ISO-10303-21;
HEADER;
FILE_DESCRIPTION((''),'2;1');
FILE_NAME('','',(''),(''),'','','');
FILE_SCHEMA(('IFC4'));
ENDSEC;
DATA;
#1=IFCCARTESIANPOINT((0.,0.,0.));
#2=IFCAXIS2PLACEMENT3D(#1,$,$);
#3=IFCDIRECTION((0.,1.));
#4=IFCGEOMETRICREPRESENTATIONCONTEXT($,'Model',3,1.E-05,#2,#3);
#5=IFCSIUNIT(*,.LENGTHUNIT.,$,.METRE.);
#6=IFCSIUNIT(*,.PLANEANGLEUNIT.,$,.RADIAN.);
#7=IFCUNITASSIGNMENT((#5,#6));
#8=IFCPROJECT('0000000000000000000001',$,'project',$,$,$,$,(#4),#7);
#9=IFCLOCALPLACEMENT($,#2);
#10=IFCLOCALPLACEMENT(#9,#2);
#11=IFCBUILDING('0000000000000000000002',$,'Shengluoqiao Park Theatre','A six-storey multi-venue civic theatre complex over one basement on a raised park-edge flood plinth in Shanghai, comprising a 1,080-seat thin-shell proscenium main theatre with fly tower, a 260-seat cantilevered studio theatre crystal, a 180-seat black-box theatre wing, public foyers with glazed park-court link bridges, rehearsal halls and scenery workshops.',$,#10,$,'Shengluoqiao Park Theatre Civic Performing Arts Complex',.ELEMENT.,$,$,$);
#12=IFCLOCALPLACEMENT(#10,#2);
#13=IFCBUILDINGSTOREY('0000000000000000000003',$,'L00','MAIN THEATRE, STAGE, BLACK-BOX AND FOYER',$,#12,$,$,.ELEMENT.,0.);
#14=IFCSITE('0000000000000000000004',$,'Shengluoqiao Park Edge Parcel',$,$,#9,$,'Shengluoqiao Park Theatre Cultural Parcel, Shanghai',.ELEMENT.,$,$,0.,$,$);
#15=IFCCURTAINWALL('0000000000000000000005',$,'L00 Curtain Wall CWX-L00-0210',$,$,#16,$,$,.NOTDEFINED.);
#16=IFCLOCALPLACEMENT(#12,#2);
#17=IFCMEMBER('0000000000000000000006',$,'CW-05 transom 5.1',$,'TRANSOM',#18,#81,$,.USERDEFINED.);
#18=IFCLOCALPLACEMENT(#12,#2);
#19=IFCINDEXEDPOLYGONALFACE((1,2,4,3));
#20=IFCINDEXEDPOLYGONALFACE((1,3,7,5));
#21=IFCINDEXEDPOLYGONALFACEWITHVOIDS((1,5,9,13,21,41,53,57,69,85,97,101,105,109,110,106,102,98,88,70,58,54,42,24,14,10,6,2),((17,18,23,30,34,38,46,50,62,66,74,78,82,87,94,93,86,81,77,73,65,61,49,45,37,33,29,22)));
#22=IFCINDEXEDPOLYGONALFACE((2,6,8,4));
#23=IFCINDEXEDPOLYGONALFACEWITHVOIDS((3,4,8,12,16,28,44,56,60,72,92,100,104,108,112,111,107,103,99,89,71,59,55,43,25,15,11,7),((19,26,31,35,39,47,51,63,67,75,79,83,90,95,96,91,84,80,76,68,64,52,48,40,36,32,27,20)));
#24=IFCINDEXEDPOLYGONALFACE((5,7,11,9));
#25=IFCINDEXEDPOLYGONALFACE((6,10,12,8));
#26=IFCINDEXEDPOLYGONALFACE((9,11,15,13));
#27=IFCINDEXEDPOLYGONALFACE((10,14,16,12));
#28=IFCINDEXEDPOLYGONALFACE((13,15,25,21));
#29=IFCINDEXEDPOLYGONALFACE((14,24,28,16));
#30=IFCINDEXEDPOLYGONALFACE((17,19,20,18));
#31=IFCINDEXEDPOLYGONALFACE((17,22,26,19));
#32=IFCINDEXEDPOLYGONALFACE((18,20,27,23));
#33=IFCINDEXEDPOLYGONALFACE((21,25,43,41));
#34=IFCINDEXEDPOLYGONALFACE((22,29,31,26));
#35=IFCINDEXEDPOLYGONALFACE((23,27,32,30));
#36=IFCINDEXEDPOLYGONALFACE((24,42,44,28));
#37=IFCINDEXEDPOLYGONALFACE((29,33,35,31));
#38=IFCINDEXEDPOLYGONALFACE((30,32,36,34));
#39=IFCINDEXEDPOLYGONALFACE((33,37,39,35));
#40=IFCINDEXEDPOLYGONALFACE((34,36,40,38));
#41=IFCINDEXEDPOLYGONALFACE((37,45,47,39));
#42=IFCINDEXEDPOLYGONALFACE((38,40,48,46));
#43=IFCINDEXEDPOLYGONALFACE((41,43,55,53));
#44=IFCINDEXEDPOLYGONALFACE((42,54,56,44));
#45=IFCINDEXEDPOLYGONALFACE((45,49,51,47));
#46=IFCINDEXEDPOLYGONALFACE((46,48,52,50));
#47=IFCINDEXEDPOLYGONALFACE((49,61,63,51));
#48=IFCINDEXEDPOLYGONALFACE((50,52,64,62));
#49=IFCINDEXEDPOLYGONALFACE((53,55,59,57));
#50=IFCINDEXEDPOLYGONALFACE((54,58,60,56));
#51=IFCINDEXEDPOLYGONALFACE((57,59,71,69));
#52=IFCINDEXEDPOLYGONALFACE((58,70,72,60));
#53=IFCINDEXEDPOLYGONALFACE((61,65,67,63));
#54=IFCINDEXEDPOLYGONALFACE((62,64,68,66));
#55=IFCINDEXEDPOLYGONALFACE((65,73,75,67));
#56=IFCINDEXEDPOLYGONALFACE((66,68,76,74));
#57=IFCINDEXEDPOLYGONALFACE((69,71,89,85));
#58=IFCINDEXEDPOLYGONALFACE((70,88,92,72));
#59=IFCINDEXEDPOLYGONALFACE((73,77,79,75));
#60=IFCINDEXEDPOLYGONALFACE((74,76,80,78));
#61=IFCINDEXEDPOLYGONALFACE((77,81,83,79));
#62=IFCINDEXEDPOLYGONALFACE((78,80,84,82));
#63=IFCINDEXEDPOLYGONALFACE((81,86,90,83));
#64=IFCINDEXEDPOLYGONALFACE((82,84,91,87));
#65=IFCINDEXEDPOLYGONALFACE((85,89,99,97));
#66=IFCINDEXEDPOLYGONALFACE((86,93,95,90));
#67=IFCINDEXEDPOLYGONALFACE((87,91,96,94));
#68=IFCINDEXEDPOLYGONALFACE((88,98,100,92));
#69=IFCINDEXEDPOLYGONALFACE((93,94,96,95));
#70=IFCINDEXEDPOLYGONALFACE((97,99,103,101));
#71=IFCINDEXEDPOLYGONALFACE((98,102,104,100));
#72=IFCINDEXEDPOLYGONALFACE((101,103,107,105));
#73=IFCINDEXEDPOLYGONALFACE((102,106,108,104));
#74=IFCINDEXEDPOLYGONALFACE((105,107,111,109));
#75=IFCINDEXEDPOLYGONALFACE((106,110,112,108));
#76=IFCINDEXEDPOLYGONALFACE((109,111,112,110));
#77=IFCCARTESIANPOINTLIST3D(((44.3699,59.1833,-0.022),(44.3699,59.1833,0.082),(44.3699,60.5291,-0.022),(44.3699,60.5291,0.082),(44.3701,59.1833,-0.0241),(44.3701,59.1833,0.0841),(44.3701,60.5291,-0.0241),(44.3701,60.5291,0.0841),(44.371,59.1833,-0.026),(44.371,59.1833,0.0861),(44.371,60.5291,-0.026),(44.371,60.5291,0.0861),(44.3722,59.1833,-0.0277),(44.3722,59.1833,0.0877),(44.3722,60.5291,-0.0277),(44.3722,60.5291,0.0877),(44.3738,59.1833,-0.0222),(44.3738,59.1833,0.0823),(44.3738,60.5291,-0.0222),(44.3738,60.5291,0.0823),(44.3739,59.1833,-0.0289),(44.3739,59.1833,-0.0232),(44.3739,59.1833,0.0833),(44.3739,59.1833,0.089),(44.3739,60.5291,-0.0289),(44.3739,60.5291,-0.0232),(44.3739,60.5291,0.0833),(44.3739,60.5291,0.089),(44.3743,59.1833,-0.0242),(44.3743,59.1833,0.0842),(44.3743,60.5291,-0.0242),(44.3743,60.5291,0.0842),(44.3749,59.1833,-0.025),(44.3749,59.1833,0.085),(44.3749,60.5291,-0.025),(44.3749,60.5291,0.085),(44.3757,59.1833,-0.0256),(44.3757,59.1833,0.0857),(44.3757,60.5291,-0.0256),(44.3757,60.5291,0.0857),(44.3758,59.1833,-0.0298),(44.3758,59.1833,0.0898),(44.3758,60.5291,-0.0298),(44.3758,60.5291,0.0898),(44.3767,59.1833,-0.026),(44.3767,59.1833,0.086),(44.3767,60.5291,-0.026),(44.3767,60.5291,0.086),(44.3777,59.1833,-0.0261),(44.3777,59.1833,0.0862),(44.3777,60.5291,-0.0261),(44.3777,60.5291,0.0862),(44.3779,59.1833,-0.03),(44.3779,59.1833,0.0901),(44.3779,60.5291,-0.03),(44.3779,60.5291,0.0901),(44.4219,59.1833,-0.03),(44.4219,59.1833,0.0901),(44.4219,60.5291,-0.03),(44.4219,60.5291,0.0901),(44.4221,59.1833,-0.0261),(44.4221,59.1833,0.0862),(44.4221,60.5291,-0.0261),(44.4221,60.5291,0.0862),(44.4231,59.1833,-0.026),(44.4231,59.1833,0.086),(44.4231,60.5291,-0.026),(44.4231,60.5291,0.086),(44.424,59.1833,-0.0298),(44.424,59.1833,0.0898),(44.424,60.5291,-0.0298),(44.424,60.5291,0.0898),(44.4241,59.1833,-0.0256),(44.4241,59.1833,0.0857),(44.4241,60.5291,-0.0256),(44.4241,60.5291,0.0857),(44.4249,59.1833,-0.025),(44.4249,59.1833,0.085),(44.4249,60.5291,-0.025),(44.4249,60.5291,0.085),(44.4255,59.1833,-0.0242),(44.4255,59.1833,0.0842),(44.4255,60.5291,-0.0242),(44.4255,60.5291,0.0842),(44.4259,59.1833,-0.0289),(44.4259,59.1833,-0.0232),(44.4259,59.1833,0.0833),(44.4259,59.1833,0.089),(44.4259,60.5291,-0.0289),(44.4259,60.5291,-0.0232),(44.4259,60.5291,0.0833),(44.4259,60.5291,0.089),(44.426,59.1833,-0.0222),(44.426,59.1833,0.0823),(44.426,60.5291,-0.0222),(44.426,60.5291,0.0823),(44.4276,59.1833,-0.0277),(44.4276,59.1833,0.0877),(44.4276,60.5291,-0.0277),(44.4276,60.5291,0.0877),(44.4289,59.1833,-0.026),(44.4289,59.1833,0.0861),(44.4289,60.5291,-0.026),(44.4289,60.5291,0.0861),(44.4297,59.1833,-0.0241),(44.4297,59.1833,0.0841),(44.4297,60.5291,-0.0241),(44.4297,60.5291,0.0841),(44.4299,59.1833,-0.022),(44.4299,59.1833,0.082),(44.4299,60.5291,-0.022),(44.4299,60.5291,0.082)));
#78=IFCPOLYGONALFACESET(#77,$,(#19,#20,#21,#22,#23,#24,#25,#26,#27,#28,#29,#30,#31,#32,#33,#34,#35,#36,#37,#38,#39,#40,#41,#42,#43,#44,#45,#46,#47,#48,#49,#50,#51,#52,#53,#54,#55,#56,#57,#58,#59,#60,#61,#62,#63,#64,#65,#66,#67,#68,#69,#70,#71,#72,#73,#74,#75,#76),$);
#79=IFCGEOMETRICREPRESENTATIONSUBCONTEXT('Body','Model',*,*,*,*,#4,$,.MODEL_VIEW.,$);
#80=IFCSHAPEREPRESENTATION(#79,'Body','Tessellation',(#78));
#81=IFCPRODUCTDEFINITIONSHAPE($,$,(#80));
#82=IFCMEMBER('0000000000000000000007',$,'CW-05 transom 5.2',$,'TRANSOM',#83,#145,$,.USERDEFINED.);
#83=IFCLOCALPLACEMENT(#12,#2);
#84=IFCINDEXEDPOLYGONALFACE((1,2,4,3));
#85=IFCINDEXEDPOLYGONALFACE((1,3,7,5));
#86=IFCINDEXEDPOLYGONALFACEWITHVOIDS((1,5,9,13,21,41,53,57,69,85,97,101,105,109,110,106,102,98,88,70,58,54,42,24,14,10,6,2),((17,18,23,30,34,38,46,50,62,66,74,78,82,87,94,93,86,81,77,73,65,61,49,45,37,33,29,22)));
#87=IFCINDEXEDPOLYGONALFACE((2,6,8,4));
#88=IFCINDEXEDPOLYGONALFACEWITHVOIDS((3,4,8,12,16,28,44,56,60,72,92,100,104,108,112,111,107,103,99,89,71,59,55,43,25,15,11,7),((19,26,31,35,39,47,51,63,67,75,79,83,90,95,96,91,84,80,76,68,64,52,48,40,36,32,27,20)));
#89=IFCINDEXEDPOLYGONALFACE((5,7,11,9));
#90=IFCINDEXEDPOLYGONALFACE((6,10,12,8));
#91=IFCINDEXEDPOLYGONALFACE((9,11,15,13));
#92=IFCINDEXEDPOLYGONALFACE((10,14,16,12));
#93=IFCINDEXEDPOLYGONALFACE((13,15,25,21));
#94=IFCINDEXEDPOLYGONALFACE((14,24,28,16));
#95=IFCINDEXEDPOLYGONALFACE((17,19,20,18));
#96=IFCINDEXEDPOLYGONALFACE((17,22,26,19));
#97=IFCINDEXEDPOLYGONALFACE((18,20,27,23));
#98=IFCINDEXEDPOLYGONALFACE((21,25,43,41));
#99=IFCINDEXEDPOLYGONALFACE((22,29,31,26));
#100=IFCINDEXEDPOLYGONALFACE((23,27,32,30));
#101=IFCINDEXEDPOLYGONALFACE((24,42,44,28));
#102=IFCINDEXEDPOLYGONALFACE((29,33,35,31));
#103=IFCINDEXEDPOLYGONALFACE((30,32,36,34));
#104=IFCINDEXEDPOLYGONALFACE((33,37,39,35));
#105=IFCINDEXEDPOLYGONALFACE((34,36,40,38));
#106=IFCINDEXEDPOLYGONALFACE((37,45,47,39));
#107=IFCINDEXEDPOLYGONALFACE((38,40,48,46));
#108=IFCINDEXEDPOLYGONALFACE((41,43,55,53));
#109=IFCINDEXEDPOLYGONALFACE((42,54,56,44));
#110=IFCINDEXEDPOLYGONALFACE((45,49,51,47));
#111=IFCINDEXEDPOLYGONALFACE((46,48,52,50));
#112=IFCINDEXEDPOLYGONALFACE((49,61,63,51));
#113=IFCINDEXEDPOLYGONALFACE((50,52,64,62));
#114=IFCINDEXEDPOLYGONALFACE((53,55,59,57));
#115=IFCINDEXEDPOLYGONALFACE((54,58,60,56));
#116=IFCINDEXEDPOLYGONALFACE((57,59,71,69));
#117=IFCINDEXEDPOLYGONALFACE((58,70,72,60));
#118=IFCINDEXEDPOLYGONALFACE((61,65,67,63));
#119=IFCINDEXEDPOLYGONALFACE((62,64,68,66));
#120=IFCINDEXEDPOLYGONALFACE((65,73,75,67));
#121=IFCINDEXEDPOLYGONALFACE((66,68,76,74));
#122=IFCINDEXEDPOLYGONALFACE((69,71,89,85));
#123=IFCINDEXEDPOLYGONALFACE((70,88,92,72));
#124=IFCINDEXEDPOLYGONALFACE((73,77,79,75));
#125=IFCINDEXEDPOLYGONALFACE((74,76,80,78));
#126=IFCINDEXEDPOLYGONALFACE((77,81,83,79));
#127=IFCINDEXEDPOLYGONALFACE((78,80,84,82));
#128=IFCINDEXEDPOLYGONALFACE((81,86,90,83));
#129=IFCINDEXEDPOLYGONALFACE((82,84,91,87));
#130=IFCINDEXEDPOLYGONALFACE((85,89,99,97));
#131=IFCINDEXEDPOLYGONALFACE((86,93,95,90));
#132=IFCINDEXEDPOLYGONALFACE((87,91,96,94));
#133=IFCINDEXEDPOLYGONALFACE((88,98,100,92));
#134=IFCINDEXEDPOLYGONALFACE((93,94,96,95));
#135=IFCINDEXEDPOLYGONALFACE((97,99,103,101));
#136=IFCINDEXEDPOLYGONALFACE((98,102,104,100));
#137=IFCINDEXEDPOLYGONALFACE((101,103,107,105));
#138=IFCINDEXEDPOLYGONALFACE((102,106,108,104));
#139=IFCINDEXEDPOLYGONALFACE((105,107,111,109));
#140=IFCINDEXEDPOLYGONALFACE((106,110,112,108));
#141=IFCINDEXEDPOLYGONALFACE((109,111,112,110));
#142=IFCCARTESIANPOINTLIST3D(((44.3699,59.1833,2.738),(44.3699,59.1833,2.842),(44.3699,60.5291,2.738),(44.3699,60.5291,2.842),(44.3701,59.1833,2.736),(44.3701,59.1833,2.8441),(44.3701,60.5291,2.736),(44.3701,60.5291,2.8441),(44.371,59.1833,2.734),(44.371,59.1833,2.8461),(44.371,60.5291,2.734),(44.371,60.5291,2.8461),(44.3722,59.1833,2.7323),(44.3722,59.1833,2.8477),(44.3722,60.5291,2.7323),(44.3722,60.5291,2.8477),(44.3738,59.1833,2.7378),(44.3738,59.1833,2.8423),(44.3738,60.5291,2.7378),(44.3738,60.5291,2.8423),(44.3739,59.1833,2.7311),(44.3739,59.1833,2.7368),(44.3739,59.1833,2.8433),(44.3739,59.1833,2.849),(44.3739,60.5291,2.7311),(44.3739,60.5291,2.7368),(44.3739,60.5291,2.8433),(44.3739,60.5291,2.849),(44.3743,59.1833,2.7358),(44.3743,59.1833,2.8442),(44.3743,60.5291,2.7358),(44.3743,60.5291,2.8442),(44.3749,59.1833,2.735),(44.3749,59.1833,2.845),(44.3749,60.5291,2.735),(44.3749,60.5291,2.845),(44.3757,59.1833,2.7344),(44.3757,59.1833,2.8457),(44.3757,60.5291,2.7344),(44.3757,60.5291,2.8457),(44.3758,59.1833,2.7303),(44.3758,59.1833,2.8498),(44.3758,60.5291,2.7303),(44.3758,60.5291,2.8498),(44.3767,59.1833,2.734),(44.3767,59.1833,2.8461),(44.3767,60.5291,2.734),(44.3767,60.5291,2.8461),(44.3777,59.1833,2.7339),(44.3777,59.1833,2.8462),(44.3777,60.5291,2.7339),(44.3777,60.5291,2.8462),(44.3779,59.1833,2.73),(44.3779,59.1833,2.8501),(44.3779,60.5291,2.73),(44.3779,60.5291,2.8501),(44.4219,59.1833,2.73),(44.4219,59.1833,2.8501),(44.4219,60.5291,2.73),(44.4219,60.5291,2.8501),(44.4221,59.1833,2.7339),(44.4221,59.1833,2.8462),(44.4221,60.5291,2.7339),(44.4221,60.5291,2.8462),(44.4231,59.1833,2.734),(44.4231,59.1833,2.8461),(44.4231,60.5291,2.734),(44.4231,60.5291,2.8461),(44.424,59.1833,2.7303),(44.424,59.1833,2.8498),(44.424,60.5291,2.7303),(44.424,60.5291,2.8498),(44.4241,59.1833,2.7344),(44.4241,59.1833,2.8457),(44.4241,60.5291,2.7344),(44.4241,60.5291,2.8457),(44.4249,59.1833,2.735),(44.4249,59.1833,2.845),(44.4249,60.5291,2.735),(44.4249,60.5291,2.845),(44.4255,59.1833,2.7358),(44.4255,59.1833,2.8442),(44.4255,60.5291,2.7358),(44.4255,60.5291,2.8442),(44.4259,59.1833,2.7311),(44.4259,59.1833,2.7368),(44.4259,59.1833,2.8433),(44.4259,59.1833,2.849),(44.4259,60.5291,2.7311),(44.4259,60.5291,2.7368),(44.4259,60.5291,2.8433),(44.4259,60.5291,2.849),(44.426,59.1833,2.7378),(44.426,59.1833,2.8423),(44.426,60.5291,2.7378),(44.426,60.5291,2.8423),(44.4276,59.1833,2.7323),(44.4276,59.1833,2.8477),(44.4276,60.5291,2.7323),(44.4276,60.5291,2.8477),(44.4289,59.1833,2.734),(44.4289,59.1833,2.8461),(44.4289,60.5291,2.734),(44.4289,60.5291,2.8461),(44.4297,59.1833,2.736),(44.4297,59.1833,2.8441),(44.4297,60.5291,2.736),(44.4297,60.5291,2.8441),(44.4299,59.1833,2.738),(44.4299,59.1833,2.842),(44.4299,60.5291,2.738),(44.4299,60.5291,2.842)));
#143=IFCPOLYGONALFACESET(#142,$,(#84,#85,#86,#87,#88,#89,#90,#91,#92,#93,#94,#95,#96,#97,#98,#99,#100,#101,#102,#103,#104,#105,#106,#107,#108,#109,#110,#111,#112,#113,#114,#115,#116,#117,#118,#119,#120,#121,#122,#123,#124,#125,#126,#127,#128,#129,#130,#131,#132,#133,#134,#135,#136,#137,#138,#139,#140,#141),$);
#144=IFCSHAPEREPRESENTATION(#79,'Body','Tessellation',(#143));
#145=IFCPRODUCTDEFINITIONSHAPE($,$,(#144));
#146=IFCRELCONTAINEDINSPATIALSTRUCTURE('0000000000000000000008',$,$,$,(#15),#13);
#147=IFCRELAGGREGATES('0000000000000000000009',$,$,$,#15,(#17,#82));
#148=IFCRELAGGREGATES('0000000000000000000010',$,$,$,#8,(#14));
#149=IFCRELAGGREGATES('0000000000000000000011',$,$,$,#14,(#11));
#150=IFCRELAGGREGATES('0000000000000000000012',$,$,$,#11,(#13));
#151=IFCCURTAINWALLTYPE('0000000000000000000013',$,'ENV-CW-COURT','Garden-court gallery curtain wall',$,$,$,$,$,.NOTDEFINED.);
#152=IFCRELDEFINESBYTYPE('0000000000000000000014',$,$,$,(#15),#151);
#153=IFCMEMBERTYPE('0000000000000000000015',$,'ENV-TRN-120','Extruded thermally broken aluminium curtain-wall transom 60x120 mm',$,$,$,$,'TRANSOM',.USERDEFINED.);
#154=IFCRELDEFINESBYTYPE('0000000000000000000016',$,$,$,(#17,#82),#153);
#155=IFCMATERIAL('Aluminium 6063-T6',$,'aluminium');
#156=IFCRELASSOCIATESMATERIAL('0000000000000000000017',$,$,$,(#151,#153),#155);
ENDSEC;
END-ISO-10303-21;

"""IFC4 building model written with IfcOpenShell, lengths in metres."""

from ifc_helpers import new_model, si_unit, direction, frame, origin, origin_2d, place, context, subcontext, project, spatial, hollow_rectangle, extrude, material, material_profile, profile_set, type_object, element, aggregate, save


model = new_model("IFC4")

# Units and contexts
model_context = context("Model", 3, precision=1e-05, world=origin(), true_north=direction((0.0, 1.0)))
body_context = subcontext(model_context, "Body", "Model", "MODEL_VIEW")
ifc_project = project(units=[si_unit("LENGTHUNIT", "METRE"), si_unit("PLANEANGLEUNIT", "RADIAN")], contexts=[model_context])

# Site, building, storey
site_placement = place(None, origin())
site = spatial("IfcSite", under=ifc_project, at=site_placement, Name="Shengluoqiao Park Edge Parcel", LongName="Shengluoqiao Park Theatre Cultural Parcel, Shanghai", CompositionType="ELEMENT", RefElevation=0.0)
building_placement = place(site_placement, origin())
building = spatial("IfcBuilding", under=site, at=building_placement, Name="Shengluoqiao Park Theatre", Description="A six-storey multi-venue civic theatre complex over one basement on a raised park-edge flood plinth in Shanghai, comprising a 1,080-seat thin-shell proscenium main theatre with fly tower, a 260-seat cantilevered studio theatre crystal, a 180-seat black-box theatre wing, public foyers with glazed park-court link bridges, rehearsal halls and scenery workshops.", LongName="Shengluoqiao Park Theatre Civic Performing Arts Complex", CompositionType="ELEMENT")
storey_placement = place(building_placement, origin())
storey = spatial("IfcBuildingStorey", under=building, at=storey_placement, Name="L00", Description="MAIN THEATRE, STAGE, BLACK-BOX AND FOYER", CompositionType="ELEMENT", Elevation=0.0)

# Curtain wall, members
ifc_material_1 = material(Name="Aluminium 6063-T6", Category="aluminium")
curtain_wall_type = type_object("IfcCurtainWallType", Name="ENV-CW-COURT", Description="Garden-court gallery curtain wall", PredefinedType="NOTDEFINED", material=ifc_material_1)
curtain_wall_placement = place(storey_placement, origin())
curtain_wall = element("IfcCurtainWall", 1, at=curtain_wall_placement, inside=storey, type_object=curtain_wall_type, Name="L00 Curtain Wall CWX-L00-0210", PredefinedType="NOTDEFINED")
ifc_material_profile_1 = material_profile(ifc_material_1, hollow_rectangle(XDim=0.0601, YDim=0.1201, WallThickness=0.0039, InnerFilletRadius=0.0039, OuterFilletRadius=0.0081, at=origin_2d()), Name="ALU TRANSOM 120x60x4")
ifc_profile_set_1 = profile_set([ifc_material_profile_1], Name="Aluminium 6063-T6")
member_type_1 = type_object("IfcMemberType", Name="ENV-TRN-120", Description="Extruded thermally broken aluminium curtain-wall transom 60x120 mm", ElementType="TRANSOM", PredefinedType="USERDEFINED", material=ifc_profile_set_1)
member_1_placement = place(storey_placement, frame((44.3999, 59.1833, 0.03), z_axis=(0.0, 1.0, 0.0), x_axis=(-1.0, 0.0, 0.0)))
member_1 = element("IfcMember", 2, at=member_1_placement, type_object=member_type_1, Name="CW-05 transom 5.1", ObjectType="TRANSOM", PredefinedType="USERDEFINED", context=body_context, shape_type="SweptSolid", body=[
    extrude(hollow_rectangle(XDim=0.0601, YDim=0.1201, WallThickness=0.0039, InnerFilletRadius=0.0039, OuterFilletRadius=0.0081, at=origin_2d()), origin(), (0.0, 0.0, 1.0), 1.3457),
])
member_2_placement = place(storey_placement, frame((44.3999, 59.1833, 2.79), z_axis=(0.0, 1.0, 0.0), x_axis=(-1.0, 0.0, 0.0)))
member_2 = element("IfcMember", 3, at=member_2_placement, type_object=member_type_1, Name="CW-05 transom 5.2", ObjectType="TRANSOM", PredefinedType="USERDEFINED", context=body_context, shape_type="SweptSolid", body=[
    extrude(hollow_rectangle(XDim=0.0601, YDim=0.1201, WallThickness=0.0039, InnerFilletRadius=0.0039, OuterFilletRadius=0.0081, at=origin_2d()), origin(), (0.0, 0.0, 1.0), 1.3457),
])
aggregate(curtain_wall, [member_1, member_2])

save(model, "model.ifc")
